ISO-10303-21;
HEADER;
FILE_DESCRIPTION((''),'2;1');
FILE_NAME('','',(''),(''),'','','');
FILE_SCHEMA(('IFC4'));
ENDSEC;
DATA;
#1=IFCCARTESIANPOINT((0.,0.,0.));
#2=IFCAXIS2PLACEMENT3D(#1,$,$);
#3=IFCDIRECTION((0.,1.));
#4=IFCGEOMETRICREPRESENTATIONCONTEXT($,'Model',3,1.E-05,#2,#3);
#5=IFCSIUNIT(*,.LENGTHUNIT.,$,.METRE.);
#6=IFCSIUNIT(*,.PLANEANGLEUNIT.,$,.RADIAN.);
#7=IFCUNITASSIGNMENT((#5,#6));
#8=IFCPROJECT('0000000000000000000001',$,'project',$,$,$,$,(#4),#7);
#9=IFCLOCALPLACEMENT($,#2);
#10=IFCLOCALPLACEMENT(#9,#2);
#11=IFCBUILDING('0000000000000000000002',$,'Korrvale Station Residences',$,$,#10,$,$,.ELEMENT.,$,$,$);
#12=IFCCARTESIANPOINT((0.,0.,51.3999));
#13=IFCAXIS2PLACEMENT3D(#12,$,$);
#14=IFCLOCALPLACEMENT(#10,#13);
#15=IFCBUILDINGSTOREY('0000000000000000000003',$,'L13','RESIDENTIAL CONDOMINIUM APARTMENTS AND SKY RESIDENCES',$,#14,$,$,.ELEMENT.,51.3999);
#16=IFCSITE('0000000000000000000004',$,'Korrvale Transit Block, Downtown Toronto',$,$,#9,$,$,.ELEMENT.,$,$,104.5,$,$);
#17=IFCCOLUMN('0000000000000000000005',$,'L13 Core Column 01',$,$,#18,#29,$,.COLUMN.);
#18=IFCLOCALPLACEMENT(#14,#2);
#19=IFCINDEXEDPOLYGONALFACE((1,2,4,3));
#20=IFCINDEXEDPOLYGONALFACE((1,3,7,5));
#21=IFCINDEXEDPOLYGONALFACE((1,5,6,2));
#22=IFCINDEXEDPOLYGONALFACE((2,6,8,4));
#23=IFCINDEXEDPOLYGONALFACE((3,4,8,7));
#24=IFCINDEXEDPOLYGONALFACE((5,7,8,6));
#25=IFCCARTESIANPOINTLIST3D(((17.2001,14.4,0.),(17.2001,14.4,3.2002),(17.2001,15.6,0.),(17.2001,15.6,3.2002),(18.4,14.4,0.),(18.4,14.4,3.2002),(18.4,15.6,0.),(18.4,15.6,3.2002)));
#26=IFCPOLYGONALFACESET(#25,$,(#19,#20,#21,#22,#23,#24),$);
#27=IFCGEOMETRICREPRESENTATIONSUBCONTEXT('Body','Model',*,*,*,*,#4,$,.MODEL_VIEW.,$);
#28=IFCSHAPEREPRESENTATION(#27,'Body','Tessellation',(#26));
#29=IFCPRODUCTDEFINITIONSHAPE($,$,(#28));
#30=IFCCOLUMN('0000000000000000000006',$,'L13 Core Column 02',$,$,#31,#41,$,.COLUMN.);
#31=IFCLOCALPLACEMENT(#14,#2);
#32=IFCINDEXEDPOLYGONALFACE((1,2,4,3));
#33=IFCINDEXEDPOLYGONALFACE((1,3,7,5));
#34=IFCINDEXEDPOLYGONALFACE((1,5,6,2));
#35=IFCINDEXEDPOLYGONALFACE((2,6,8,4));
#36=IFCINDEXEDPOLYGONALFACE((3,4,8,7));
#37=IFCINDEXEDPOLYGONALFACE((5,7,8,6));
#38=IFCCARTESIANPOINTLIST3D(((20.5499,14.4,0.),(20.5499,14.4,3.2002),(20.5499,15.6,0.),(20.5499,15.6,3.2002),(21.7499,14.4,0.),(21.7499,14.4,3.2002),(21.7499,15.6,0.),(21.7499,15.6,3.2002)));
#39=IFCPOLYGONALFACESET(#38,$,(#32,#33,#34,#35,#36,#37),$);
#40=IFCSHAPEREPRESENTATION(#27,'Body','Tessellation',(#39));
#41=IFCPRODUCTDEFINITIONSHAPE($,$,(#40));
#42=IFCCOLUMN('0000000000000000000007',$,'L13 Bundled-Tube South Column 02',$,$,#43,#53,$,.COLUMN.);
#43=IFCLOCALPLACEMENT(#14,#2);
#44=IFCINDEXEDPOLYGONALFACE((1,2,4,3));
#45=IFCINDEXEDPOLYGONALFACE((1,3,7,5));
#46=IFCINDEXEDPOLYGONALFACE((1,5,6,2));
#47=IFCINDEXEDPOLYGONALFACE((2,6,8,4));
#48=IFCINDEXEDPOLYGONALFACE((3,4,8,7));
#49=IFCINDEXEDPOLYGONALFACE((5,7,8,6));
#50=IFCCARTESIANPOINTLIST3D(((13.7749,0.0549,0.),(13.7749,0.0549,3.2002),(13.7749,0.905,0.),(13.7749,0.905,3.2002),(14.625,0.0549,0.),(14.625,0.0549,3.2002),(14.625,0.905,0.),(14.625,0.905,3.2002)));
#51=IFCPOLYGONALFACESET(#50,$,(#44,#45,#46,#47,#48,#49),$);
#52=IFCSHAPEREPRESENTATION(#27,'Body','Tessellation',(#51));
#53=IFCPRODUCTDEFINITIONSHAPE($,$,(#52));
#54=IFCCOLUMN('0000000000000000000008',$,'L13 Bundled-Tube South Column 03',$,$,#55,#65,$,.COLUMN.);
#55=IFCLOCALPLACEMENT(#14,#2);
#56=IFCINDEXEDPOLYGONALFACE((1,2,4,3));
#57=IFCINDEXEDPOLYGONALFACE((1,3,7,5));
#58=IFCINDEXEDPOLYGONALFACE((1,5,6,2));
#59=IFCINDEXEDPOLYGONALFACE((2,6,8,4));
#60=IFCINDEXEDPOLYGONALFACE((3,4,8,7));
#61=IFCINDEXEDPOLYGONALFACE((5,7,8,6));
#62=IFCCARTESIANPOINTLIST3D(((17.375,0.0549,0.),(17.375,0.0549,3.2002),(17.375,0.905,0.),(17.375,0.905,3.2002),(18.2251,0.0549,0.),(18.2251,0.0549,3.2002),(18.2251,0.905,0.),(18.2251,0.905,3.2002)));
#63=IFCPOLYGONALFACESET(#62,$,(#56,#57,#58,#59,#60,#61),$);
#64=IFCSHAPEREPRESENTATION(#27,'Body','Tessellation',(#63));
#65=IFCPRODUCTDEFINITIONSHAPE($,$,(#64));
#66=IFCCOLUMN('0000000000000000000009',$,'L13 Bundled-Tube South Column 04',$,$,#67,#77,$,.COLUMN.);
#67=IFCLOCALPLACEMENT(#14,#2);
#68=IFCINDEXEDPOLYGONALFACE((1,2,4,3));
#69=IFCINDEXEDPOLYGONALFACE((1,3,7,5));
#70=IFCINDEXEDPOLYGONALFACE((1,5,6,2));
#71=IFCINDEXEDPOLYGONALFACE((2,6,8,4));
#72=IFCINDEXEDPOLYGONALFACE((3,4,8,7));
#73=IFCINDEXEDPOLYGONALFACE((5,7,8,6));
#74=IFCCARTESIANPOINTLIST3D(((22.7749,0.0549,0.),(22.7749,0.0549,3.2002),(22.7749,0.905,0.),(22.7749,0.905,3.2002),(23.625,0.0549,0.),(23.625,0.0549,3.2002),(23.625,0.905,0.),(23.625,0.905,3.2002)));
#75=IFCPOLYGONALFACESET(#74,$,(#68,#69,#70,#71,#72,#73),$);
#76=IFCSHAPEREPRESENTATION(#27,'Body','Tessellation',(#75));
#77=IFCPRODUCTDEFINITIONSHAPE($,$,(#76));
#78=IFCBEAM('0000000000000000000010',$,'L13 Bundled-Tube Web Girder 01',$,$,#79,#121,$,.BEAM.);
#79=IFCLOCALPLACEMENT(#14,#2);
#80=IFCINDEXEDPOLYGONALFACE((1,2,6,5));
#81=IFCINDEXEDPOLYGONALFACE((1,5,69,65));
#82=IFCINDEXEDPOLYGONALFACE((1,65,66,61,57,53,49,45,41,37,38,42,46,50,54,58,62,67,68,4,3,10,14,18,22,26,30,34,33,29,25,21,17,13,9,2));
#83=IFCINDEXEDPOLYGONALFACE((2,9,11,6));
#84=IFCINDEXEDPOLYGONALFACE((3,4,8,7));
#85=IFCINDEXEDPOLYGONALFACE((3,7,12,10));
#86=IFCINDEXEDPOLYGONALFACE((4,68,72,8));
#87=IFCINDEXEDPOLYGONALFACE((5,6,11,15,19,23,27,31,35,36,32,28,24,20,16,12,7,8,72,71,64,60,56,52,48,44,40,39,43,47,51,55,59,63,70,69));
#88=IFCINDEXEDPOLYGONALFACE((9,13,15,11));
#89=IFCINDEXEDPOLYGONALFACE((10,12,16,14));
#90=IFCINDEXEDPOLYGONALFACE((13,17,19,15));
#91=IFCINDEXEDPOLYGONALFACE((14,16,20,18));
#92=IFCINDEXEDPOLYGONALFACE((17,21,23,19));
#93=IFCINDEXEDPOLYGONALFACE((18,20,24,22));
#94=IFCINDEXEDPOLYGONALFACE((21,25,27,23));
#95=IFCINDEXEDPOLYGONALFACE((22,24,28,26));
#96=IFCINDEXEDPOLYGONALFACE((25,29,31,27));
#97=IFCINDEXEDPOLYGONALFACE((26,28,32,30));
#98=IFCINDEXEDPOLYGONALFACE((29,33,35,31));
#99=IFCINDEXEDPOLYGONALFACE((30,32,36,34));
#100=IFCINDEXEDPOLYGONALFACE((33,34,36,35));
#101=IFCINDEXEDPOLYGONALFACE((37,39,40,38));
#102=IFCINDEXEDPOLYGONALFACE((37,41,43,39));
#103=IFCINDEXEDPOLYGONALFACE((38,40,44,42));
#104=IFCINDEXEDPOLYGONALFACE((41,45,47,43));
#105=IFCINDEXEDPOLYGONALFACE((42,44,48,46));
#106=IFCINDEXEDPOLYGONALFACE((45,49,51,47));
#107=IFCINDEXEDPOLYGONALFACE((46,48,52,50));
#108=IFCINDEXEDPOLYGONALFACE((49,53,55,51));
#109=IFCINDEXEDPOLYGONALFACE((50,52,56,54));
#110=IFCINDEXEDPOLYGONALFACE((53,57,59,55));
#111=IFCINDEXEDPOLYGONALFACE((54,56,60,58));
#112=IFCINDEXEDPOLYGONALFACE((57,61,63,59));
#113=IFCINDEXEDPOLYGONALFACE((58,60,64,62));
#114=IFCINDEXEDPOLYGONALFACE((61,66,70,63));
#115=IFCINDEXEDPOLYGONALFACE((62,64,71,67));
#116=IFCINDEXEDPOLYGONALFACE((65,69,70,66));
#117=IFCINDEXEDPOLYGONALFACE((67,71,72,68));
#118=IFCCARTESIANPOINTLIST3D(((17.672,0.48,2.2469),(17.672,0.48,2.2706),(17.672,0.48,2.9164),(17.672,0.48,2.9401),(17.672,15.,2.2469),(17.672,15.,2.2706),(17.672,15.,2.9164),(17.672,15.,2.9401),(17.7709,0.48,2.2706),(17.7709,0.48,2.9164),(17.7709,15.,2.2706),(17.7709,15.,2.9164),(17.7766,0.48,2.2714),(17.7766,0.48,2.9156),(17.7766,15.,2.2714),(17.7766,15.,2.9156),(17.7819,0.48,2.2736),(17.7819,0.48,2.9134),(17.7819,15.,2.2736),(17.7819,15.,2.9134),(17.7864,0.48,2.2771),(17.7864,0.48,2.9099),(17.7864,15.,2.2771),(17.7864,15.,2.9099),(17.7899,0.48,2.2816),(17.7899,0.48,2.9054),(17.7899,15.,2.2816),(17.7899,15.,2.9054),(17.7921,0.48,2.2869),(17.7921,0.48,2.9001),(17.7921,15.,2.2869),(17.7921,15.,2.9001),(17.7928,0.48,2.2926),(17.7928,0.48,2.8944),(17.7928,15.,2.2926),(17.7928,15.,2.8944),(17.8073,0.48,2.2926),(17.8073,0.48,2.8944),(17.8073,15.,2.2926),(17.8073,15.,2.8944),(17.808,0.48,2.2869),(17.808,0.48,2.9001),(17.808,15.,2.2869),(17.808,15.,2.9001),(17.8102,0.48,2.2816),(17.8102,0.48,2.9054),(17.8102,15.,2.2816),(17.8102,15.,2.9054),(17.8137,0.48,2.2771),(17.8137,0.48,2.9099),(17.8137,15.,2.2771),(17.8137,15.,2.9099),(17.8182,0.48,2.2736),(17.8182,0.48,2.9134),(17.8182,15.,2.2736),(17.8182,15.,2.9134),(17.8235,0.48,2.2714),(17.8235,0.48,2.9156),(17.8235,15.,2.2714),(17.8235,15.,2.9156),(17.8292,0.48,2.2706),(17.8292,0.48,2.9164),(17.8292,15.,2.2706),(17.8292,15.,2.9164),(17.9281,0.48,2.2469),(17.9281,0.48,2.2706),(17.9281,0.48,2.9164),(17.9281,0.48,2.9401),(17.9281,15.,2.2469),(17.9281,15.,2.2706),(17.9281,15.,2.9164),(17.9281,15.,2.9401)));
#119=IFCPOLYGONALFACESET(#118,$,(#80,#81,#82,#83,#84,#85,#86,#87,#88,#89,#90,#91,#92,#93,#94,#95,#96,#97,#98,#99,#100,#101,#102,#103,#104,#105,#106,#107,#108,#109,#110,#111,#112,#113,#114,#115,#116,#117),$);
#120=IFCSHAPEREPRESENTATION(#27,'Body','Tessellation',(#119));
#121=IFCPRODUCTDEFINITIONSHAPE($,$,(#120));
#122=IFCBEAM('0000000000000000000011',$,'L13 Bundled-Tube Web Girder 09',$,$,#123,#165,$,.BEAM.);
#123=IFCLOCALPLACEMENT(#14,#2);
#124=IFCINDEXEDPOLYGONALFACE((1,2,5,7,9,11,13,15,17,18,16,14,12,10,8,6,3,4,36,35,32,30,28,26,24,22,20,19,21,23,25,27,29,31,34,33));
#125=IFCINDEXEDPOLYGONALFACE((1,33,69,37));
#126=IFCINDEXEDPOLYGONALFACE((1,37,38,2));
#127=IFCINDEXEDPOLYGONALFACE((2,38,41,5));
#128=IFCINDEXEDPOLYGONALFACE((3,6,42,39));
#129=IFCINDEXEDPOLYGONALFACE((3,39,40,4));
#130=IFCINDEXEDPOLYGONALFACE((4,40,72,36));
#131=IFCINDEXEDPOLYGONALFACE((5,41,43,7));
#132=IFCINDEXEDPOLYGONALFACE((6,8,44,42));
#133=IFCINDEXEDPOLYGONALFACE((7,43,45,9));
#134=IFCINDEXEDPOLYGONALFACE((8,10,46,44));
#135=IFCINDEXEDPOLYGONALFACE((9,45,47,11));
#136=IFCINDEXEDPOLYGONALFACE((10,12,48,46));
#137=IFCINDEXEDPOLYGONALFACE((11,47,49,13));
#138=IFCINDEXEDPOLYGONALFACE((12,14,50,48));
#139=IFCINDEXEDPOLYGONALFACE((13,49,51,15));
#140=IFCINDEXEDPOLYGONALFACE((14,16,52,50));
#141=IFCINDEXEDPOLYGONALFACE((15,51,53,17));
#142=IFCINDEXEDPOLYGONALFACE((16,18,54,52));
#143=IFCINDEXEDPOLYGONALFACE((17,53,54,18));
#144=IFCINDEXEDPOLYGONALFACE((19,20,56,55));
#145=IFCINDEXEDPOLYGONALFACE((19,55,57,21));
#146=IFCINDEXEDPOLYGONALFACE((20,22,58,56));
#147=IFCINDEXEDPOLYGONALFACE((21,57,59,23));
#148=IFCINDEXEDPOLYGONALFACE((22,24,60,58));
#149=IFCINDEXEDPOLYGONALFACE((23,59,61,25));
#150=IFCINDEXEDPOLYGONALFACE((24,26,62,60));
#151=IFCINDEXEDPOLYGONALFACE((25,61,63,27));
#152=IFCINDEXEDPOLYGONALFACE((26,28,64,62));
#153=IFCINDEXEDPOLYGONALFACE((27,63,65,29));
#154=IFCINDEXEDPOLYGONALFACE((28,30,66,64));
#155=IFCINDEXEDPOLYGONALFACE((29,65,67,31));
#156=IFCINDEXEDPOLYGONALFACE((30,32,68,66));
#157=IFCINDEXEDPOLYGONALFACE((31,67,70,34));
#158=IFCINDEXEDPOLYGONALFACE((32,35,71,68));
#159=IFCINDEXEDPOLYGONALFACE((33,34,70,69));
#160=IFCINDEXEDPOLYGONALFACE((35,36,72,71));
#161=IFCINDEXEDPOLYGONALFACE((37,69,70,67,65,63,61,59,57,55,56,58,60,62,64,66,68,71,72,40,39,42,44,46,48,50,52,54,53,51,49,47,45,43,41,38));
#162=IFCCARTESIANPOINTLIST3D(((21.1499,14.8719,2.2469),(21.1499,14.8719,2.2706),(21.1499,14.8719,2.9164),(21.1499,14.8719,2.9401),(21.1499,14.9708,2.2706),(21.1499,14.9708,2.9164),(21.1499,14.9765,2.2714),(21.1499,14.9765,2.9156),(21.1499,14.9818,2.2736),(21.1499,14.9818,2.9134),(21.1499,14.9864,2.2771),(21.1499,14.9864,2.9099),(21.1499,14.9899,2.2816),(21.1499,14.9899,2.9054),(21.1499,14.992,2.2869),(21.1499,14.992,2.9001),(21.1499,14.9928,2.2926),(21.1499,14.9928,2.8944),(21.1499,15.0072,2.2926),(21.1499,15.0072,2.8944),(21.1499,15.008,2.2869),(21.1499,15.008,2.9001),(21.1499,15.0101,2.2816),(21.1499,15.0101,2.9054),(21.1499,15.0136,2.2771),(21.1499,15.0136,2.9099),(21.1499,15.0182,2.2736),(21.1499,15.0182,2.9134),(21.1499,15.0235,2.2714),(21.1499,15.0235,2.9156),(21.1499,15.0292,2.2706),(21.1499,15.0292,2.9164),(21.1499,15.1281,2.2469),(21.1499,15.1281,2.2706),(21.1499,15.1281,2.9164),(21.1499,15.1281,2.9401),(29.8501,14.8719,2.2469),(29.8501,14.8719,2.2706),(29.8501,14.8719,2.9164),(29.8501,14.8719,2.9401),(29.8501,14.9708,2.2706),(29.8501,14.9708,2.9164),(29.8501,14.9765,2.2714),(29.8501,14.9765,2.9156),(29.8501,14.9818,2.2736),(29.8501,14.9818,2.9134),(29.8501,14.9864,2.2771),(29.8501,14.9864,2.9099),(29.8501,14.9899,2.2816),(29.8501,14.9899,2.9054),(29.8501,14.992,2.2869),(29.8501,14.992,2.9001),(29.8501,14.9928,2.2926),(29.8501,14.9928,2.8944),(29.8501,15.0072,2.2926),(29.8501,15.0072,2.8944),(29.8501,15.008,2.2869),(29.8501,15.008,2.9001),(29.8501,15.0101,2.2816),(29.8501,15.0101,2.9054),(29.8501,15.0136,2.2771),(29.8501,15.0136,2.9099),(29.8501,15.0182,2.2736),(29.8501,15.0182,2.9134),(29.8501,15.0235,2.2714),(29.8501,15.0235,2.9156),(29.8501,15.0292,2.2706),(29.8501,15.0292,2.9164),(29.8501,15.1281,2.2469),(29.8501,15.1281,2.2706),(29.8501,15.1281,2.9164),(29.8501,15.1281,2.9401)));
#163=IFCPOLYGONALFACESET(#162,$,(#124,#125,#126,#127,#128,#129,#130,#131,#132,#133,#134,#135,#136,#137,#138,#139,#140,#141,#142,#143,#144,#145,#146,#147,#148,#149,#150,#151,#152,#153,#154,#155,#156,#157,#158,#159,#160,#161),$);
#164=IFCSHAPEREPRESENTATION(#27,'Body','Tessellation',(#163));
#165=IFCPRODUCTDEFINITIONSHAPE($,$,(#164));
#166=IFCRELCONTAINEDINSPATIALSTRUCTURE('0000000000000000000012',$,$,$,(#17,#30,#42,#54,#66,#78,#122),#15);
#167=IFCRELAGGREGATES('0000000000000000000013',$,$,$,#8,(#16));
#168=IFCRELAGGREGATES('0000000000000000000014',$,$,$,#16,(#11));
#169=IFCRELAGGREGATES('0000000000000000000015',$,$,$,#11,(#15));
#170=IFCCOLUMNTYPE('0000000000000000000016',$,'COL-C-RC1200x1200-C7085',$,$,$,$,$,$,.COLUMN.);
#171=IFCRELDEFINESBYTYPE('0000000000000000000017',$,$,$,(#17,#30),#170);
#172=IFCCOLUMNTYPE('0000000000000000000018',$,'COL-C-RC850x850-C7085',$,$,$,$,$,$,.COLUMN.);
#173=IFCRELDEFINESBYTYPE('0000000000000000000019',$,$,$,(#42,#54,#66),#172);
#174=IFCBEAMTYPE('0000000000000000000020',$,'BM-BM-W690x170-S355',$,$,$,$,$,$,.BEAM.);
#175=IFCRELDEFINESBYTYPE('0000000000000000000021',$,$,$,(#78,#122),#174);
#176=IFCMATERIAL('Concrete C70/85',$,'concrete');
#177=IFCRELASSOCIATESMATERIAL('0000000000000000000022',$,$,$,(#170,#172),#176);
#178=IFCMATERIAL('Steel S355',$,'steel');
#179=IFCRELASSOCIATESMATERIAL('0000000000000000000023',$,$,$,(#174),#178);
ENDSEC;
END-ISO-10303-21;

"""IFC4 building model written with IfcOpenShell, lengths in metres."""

from ifc_helpers import new_model, si_unit, direction, frame, origin, origin_2d, place, context, subcontext, project, spatial, rectangle, i_section, extrude, material, material_profile, profile_set, type_object, element, save


model = new_model("IFC4")

# Units and contexts
model_context = context("Model", 3, precision=1e-05, world=origin(), true_north=direction((0.0, 1.0)))
body_context = subcontext(model_context, "Body", "Model", "MODEL_VIEW")
ifc_project = project(units=[si_unit("LENGTHUNIT", "METRE"), si_unit("PLANEANGLEUNIT", "RADIAN")], contexts=[model_context])

# Site, building, storey
site_placement = place(None, origin())
site = spatial("IfcSite", under=ifc_project, at=site_placement, Name="Korrvale Transit Block, Downtown Toronto", CompositionType="ELEMENT", RefElevation=104.5)
building_placement = place(site_placement, origin())
building = spatial("IfcBuilding", under=site, at=building_placement, Name="Korrvale Station Residences", CompositionType="ELEMENT")
storey_placement = place(building_placement, frame((0.0, 0.0, 51.3999)))
storey = spatial("IfcBuildingStorey", under=building, at=storey_placement, Name="L13", Description="RESIDENTIAL CONDOMINIUM APARTMENTS AND SKY RESIDENCES", CompositionType="ELEMENT", Elevation=51.3999)

# Columns
ifc_material_1 = material(Name="Concrete C70/85", Category="concrete")
ifc_material_profile_1 = material_profile(ifc_material_1, rectangle(XDim=1.2, YDim=1.2, at=origin_2d()), Name="RC1200x1200")
ifc_profile_set_1 = profile_set([ifc_material_profile_1], Name="Concrete C70/85")
column_type_1 = type_object("IfcColumnType", Name="COL-C-RC1200x1200-C7085", PredefinedType="COLUMN", material=ifc_profile_set_1)
for number, where, z_axis, x_axis, name in (
    (1, (17.8, 15.0, 0.0), (0.0, 0.0, 1.0), (1.0, 0.0, 0.0), "L13 Core Column 01"),
    (2, (21.1499, 15.0, 0.0), (0.0, 0.0, 1.0), (1.0, 0.0, 0.0), "L13 Core Column 02"),
):
    element("IfcColumn", number, at=place(storey_placement, frame(where, z_axis=z_axis, x_axis=x_axis)), inside=storey, type_object=column_type_1, Name=name, PredefinedType="COLUMN", context=body_context, shape_type="SweptSolid", body=[
        extrude(rectangle(XDim=1.2, YDim=1.2, at=origin_2d()), origin(), (0.0, 0.0, 1.0), 3.2002),
    ])
ifc_material_profile_2 = material_profile(ifc_material_1, rectangle(XDim=0.8501, YDim=0.8501, at=origin_2d()), Name="RC850x850")
ifc_profile_set_2 = profile_set([ifc_material_profile_2], Name="Concrete C70/85")
column_type_2 = type_object("IfcColumnType", Name="COL-C-RC850x850-C7085", PredefinedType="COLUMN", material=ifc_profile_set_2)
for number, where, z_axis, x_axis, name in (
    (3, (14.2, 0.48, 0.0), (0.0, 0.0, 1.0), (1.0, 0.0, 0.0), "L13 Bundled-Tube South Column 02"),
    (4, (17.8, 0.48, 0.0), (0.0, 0.0, 1.0), (1.0, 0.0, 0.0), "L13 Bundled-Tube South Column 03"),
    (5, (23.2, 0.48, 0.0), (0.0, 0.0, 1.0), (1.0, 0.0, 0.0), "L13 Bundled-Tube South Column 04"),
):
    element("IfcColumn", number, at=place(storey_placement, frame(where, z_axis=z_axis, x_axis=x_axis)), inside=storey, type_object=column_type_2, Name=name, PredefinedType="COLUMN", context=body_context, shape_type="SweptSolid", body=[
        extrude(rectangle(XDim=0.8501, YDim=0.8501, at=origin_2d()), origin(), (0.0, 0.0, 1.0), 3.2002),
    ])

# Beams
ifc_material_2 = material(Name="Steel S355", Category="steel")
ifc_material_profile_3 = material_profile(ifc_material_2, i_section(OverallWidth=0.2561, OverallDepth=0.6931, WebThickness=0.0144, FlangeThickness=0.0237, FilletRadius=0.022, at=origin_2d()), Name="W690x170")
ifc_profile_set_3 = profile_set([ifc_material_profile_3], Name="Steel S355")
beam_type_1 = type_object("IfcBeamType", Name="BM-BM-W690x170-S355", PredefinedType="BEAM", material=ifc_profile_set_3)
beam_1_placement = place(storey_placement, frame((17.8, 0.48, 2.5935), z_axis=(0.0, 1.0, 0.0), x_axis=(-1.0, 0.0, 0.0)))
element("IfcBeam", 6, at=beam_1_placement, inside=storey, type_object=beam_type_1, Name="L13 Bundled-Tube Web Girder 01", PredefinedType="BEAM", context=body_context, shape_type="SweptSolid", body=[
    extrude(i_section(OverallWidth=0.2561, OverallDepth=0.6931, WebThickness=0.0144, FlangeThickness=0.0237, FilletRadius=0.022, at=origin_2d()), origin(), (0.0, 0.0, 1.0), 14.52),
])
beam_2_placement = place(storey_placement, frame((21.1499, 15.0, 2.5935), z_axis=(1.0, 0.0, 0.0), x_axis=(0.0, 1.0, 0.0)))
element("IfcBeam", 7, at=beam_2_placement, inside=storey, type_object=beam_type_1, Name="L13 Bundled-Tube Web Girder 09", PredefinedType="BEAM", context=body_context, shape_type="SweptSolid", body=[
    extrude(i_section(OverallWidth=0.2561, OverallDepth=0.6931, WebThickness=0.0144, FlangeThickness=0.0237, FilletRadius=0.022, at=origin_2d()), origin(), (0.0, 0.0, 1.0), 8.7002),
])

save(model, "model.ifc")
